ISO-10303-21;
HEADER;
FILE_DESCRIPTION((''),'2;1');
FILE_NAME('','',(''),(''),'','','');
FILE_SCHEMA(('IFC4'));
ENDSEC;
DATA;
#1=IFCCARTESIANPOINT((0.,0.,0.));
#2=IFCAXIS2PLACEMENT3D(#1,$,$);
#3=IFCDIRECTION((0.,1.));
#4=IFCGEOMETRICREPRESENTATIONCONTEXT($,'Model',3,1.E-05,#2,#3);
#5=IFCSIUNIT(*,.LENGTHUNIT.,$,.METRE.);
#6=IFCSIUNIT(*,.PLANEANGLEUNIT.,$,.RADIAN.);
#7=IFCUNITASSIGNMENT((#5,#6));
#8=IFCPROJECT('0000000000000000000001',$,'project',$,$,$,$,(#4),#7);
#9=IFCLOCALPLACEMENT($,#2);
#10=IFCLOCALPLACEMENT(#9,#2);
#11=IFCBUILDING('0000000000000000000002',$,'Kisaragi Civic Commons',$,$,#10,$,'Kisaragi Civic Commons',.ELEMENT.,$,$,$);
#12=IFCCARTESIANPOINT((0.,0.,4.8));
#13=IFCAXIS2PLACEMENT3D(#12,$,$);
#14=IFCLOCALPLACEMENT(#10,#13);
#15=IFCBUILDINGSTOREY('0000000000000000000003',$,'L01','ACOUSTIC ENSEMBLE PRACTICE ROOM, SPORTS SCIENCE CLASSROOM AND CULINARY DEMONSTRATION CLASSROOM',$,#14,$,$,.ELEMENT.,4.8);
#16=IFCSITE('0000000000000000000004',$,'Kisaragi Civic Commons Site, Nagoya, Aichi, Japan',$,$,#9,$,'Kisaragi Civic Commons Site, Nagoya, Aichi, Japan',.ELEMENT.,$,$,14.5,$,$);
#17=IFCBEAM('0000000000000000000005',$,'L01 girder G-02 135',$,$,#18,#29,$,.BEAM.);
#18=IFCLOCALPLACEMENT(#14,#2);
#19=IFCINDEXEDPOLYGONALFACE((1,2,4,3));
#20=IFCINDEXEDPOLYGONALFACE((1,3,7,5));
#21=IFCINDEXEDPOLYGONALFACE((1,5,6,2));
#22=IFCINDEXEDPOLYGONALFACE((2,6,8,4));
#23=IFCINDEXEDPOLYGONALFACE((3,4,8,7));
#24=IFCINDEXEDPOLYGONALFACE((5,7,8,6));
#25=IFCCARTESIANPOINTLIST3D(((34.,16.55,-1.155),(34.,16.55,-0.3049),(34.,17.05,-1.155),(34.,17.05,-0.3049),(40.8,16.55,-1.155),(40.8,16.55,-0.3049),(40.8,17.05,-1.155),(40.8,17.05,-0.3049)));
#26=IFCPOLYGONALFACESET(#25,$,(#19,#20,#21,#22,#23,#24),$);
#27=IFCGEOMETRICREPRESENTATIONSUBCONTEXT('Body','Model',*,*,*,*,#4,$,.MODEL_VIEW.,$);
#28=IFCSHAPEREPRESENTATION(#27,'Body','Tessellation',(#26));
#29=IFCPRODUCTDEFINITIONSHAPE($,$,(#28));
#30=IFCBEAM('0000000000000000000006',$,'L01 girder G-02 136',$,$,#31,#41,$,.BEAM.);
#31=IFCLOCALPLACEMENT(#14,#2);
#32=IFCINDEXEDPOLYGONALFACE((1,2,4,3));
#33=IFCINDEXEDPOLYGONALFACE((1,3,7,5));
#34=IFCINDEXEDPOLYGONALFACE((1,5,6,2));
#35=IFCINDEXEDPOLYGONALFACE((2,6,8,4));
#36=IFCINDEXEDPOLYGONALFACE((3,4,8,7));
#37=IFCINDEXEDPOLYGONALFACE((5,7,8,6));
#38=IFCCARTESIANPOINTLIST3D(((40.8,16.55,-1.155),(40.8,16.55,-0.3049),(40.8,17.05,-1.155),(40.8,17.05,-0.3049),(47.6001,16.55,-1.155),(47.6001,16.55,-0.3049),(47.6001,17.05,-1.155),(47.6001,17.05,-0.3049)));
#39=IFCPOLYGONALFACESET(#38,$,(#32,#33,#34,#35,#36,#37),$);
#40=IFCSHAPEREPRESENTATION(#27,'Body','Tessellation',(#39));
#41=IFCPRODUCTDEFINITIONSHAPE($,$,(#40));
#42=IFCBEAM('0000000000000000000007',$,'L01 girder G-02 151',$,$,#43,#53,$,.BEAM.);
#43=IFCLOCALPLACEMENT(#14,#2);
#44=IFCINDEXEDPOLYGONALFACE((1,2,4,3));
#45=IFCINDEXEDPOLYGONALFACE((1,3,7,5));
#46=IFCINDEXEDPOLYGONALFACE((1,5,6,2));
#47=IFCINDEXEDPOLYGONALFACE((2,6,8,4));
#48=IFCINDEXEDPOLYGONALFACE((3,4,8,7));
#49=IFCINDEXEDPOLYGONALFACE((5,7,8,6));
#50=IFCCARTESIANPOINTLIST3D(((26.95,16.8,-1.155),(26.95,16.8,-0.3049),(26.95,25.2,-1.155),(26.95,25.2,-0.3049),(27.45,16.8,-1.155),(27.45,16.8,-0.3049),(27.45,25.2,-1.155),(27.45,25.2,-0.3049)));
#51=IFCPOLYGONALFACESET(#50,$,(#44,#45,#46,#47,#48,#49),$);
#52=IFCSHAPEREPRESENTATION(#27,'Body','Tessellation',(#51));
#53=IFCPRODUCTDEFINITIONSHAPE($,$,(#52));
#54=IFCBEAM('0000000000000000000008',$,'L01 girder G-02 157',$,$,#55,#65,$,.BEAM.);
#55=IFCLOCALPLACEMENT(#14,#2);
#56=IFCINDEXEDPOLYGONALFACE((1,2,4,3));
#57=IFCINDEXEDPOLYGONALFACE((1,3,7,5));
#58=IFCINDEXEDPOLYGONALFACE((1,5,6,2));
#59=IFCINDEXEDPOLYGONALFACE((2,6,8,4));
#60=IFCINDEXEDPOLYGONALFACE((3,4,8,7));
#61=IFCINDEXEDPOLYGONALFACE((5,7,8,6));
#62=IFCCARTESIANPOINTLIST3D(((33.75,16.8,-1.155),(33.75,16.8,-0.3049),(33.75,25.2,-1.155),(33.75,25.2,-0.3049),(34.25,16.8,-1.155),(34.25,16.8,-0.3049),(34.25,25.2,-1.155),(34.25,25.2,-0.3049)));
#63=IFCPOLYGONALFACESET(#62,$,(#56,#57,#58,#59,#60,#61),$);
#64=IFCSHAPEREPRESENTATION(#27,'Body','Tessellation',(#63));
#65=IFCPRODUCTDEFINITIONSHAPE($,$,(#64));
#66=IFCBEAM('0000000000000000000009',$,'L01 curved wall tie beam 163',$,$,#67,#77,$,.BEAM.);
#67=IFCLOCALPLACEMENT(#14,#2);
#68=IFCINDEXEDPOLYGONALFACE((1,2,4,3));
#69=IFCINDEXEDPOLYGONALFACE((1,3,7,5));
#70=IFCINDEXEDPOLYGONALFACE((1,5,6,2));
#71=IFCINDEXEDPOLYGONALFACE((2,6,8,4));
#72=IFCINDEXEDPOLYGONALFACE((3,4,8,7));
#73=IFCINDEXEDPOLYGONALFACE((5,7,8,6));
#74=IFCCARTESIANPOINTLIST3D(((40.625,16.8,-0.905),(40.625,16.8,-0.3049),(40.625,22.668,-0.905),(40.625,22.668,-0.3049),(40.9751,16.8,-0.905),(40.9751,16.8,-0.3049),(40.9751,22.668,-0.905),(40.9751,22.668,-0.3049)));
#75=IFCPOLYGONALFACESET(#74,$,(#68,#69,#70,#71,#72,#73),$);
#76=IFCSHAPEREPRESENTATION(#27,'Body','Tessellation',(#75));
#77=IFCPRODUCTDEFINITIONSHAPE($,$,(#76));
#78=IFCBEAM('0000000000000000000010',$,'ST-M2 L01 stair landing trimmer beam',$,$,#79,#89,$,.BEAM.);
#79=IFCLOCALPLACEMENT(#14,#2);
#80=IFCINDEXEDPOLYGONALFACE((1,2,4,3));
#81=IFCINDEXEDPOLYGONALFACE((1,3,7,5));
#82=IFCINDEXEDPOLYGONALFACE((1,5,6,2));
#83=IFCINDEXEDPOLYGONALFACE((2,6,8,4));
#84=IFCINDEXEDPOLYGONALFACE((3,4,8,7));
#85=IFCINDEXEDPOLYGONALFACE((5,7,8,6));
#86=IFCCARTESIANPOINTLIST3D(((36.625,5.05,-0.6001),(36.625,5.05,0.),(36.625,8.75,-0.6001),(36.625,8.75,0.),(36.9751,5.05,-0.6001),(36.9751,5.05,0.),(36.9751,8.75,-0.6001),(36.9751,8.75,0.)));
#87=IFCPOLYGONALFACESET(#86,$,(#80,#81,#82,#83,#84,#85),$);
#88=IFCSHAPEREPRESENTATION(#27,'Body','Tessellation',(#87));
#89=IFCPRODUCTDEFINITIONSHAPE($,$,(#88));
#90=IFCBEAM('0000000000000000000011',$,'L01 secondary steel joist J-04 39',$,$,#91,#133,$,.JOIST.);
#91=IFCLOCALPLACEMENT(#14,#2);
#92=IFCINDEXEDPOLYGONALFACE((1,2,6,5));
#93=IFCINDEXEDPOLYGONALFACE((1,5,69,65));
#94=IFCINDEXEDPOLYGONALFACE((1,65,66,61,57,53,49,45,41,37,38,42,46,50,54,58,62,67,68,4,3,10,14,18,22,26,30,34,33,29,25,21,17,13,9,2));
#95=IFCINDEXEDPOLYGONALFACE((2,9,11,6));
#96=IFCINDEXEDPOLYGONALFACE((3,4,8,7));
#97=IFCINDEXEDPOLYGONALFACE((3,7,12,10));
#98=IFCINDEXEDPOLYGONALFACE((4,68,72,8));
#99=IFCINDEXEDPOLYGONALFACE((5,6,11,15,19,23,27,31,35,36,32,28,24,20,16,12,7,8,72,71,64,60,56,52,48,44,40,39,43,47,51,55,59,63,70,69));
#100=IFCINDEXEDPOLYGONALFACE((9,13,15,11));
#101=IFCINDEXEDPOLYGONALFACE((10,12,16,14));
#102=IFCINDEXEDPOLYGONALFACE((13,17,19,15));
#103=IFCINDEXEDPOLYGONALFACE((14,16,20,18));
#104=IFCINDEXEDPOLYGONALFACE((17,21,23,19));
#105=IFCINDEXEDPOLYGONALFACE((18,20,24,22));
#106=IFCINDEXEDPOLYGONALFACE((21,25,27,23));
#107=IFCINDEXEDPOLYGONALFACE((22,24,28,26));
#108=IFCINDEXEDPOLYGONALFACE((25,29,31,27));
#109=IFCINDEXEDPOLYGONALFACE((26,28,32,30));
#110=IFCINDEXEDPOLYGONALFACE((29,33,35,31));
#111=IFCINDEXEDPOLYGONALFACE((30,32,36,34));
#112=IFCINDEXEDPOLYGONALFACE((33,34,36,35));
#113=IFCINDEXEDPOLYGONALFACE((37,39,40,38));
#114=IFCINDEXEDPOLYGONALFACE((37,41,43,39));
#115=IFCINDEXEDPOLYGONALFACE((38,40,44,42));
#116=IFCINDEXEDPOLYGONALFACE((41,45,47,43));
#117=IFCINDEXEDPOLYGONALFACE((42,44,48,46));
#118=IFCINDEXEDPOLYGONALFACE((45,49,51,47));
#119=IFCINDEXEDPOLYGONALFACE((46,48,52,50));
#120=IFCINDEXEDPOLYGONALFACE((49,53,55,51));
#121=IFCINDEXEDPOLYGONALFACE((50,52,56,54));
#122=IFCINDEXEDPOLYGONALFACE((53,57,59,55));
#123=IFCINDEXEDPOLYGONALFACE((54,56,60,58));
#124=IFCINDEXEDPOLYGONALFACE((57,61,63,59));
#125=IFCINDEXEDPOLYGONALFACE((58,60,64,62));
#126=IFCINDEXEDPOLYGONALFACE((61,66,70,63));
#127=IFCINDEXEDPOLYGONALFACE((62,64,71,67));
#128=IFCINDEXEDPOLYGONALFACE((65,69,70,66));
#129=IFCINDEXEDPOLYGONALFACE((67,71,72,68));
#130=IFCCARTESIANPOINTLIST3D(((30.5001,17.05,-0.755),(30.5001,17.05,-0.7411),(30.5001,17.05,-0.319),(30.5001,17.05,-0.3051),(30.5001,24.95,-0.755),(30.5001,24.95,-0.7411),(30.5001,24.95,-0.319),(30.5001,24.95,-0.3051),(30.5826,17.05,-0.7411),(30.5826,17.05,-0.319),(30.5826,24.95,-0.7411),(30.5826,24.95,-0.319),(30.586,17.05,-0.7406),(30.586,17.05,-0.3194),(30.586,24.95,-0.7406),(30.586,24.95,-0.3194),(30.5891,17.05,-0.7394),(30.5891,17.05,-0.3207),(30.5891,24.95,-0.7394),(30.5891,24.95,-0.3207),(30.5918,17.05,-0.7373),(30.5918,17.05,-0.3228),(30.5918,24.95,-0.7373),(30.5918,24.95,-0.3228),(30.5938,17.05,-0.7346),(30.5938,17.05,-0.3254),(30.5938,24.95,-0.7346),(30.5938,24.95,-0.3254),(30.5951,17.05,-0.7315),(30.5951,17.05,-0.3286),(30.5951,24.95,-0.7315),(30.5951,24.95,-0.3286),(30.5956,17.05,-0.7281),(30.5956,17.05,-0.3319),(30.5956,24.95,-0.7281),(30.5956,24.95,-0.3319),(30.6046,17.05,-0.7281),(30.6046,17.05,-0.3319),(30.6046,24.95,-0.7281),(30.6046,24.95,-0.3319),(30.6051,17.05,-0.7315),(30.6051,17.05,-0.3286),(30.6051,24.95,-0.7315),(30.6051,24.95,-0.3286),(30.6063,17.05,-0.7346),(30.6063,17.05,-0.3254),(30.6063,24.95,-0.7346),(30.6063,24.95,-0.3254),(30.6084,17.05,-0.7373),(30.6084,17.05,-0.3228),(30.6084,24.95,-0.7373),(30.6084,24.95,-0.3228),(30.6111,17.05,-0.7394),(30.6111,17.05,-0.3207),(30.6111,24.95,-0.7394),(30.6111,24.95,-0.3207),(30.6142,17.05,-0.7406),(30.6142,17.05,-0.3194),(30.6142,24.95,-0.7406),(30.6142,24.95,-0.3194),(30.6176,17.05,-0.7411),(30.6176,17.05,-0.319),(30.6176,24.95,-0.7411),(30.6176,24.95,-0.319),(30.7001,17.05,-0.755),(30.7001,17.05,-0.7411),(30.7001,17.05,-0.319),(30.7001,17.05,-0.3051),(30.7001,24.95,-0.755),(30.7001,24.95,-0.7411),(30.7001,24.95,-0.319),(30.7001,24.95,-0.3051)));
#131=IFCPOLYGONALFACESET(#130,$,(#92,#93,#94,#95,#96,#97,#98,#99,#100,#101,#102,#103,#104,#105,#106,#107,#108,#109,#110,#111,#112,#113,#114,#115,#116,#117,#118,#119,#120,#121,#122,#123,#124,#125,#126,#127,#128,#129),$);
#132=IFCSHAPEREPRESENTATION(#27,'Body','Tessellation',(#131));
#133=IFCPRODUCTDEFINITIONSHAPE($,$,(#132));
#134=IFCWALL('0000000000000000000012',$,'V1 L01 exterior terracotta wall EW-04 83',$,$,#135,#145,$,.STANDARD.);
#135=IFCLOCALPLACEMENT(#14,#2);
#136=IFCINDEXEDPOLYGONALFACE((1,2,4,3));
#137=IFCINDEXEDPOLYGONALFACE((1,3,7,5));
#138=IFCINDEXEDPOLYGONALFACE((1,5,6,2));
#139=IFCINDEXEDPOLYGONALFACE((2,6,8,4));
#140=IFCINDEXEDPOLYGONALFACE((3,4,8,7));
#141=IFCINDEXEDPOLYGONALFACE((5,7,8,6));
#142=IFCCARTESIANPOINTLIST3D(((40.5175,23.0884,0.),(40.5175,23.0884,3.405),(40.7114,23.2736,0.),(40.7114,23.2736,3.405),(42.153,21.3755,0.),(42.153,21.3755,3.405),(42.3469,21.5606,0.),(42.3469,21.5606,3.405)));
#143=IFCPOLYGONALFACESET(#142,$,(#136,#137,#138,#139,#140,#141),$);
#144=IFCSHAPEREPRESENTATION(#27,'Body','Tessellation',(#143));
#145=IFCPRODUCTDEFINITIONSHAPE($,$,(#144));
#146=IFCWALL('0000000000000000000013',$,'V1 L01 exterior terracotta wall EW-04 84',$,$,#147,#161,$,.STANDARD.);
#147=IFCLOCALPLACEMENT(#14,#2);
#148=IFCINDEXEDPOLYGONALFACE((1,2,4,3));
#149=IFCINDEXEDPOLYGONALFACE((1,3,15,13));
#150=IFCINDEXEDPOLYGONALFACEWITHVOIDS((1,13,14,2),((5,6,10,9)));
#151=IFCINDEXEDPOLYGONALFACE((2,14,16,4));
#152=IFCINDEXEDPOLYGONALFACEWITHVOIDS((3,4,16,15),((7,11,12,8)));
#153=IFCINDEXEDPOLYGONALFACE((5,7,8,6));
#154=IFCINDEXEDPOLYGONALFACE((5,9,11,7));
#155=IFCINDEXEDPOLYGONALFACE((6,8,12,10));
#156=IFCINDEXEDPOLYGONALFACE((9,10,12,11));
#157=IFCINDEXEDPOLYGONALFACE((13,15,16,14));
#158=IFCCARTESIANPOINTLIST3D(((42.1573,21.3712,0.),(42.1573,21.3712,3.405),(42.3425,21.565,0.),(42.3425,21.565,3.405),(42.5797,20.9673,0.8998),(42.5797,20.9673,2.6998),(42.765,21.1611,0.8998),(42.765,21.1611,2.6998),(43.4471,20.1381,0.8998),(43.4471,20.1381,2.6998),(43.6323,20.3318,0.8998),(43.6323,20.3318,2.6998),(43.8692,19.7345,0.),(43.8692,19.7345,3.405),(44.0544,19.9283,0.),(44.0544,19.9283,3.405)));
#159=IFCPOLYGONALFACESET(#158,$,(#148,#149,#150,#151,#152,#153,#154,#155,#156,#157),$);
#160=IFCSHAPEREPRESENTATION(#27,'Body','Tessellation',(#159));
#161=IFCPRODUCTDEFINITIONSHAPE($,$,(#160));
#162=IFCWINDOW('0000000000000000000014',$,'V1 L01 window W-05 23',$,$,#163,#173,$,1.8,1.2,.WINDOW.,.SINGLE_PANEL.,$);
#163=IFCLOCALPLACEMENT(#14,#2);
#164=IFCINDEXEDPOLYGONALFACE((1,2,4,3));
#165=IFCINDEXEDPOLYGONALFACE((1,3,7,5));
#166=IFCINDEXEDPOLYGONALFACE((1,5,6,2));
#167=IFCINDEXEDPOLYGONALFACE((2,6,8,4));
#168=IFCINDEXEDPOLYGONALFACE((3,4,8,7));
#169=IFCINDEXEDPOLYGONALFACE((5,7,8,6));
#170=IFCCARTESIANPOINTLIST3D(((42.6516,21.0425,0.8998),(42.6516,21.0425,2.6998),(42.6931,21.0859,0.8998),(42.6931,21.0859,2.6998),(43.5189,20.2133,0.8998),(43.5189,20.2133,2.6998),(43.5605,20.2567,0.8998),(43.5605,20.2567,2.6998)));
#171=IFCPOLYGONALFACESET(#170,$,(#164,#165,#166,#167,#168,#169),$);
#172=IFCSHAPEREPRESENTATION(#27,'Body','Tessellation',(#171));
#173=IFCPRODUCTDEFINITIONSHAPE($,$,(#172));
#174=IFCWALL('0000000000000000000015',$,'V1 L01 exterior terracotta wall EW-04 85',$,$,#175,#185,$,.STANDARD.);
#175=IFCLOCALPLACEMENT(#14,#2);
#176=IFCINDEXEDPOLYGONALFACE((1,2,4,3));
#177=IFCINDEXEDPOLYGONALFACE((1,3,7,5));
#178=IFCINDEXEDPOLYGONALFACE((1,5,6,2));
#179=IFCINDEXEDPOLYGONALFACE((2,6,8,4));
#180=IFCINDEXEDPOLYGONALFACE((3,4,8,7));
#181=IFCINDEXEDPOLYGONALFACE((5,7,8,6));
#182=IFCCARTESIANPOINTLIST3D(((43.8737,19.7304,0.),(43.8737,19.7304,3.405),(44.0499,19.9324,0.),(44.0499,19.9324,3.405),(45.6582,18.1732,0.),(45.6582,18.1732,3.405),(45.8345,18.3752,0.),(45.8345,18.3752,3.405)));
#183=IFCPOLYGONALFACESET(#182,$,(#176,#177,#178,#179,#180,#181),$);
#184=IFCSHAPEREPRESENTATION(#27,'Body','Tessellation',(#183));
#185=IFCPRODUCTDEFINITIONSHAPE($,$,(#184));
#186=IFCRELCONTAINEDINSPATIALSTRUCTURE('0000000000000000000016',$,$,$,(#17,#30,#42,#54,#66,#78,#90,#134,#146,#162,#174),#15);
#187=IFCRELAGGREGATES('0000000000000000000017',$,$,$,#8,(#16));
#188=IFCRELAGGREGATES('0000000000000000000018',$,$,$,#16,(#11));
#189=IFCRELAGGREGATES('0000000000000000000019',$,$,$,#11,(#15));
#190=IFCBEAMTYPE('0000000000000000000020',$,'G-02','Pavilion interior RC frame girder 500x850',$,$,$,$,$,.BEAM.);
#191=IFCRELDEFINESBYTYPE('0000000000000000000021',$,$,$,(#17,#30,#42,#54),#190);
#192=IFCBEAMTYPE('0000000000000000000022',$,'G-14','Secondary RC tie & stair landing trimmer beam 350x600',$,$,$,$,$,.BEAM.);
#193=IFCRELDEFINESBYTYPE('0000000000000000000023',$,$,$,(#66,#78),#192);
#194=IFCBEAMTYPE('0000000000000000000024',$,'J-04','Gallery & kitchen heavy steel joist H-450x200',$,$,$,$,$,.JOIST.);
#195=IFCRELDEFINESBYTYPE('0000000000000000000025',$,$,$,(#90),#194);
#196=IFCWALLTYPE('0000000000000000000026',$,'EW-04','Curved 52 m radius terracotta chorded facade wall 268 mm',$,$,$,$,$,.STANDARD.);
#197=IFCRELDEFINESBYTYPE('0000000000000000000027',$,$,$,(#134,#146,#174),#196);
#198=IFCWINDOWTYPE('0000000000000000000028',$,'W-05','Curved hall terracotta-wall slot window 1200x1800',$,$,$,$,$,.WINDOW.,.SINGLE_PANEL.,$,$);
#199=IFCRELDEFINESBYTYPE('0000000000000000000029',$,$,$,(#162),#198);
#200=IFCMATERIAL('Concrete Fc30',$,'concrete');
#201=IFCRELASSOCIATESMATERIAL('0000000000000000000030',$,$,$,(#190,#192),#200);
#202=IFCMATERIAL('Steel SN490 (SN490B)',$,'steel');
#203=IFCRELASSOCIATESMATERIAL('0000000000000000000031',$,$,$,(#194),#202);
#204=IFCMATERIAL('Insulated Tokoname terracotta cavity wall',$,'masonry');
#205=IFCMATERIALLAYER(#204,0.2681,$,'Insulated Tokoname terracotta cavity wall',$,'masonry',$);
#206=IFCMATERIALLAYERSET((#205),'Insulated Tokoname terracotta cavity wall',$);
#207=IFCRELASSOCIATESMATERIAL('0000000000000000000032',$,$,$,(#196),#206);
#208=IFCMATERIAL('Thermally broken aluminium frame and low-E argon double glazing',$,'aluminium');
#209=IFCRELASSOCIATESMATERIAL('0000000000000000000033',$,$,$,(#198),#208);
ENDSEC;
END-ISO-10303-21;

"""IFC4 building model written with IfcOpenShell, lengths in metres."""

from ifc_helpers import new_model, si_unit, direction, frame, frame_2d, origin, origin_2d, place, context, subcontext, project, spatial, rectangle, i_section, extrude, material, layer, layer_set, material_profile, profile_set, type_object, element, fill, save


model = new_model("IFC4")

# Units and contexts
model_context = context("Model", 3, precision=1e-05, world=origin(), true_north=direction((0.0, 1.0)))
body_context = subcontext(model_context, "Body", "Model", "MODEL_VIEW")
ifc_project = project(units=[si_unit("LENGTHUNIT", "METRE"), si_unit("PLANEANGLEUNIT", "RADIAN")], contexts=[model_context])

# Site, building, storey
site_placement = place(None, origin())
site = spatial("IfcSite", under=ifc_project, at=site_placement, Name="Kisaragi Civic Commons Site, Nagoya, Aichi, Japan", LongName="Kisaragi Civic Commons Site, Nagoya, Aichi, Japan", CompositionType="ELEMENT", RefElevation=14.5)
building_placement = place(site_placement, origin())
building = spatial("IfcBuilding", under=site, at=building_placement, Name="Kisaragi Civic Commons", LongName="Kisaragi Civic Commons", CompositionType="ELEMENT")
storey_placement = place(building_placement, frame((0.0, 0.0, 4.8)))
storey = spatial("IfcBuildingStorey", under=building, at=storey_placement, Name="L01", Description="ACOUSTIC ENSEMBLE PRACTICE ROOM, SPORTS SCIENCE CLASSROOM AND CULINARY DEMONSTRATION CLASSROOM", CompositionType="ELEMENT", Elevation=4.8)

# Shared definitions
ifc_material_1 = material(Name="Steel SN490 (SN490B)", Category="steel")

# Beams
ifc_material_2 = material(Name="Concrete Fc30", Category="concrete")
ifc_material_profile_1 = material_profile(ifc_material_2, rectangle(XDim=0.5, YDim=0.8501, at=origin_2d()), Name="RC-500x850", Category="concrete")
ifc_profile_set_1 = profile_set([ifc_material_profile_1], Name="Concrete Fc30")
beam_type_1 = type_object("IfcBeamType", Name="G-02", Description="Pavilion interior RC frame girder 500x850", PredefinedType="BEAM", material=ifc_profile_set_1)
for number, where, z_axis, x_axis, name in (
    (1, (34.0, 16.8, -0.73), (1.0, 0.0, 0.0), (0.0, 1.0, 0.0), "L01 girder G-02 135"),
    (2, (40.8, 16.8, -0.73), (1.0, 0.0, 0.0), (0.0, 1.0, 0.0), "L01 girder G-02 136"),
):
    element("IfcBeam", number, at=place(storey_placement, frame(where, z_axis=z_axis, x_axis=x_axis)), inside=storey, type_object=beam_type_1, Name=name, PredefinedType="BEAM", context=body_context, shape_type="SweptSolid", body=[
        extrude(rectangle(XDim=0.5, YDim=0.8501, at=origin_2d()), origin(), (0.0, 0.0, 1.0), 6.8),
    ])
for number, where, z_axis, x_axis, name in (
    (3, (27.2, 16.8, -0.73), (0.0, 1.0, 0.0), (-1.0, 0.0, 0.0), "L01 girder G-02 151"),
    (4, (34.0, 16.8, -0.73), (0.0, 1.0, 0.0), (-1.0, 0.0, 0.0), "L01 girder G-02 157"),
):
    element("IfcBeam", number, at=place(storey_placement, frame(where, z_axis=z_axis, x_axis=x_axis)), inside=storey, type_object=beam_type_1, Name=name, PredefinedType="BEAM", context=body_context, shape_type="SweptSolid", body=[
        extrude(rectangle(XDim=0.5, YDim=0.8501, at=origin_2d()), origin(), (0.0, 0.0, 1.0), 8.3999),
    ])
ifc_material_profile_2 = material_profile(ifc_material_2, rectangle(XDim=0.3501, YDim=0.6001, at=origin_2d()), Name="RC-350x600", Category="concrete")
ifc_profile_set_2 = profile_set([ifc_material_profile_2], Name="Concrete Fc30")
beam_type_2 = type_object("IfcBeamType", Name="G-14", Description="Secondary RC tie & stair landing trimmer beam 350x600", PredefinedType="BEAM", material=ifc_profile_set_2)
beam_1_placement = place(storey_placement, frame((40.8, 22.668, -0.605), z_axis=(0.0, -1.0, 0.0), x_axis=(1.0, 0.0, 0.0)))
element("IfcBeam", 5, at=beam_1_placement, inside=storey, type_object=beam_type_2, Name="L01 curved wall tie beam 163", PredefinedType="BEAM", context=body_context, shape_type="SweptSolid", body=[
    extrude(rectangle(XDim=0.3501, YDim=0.6001, at=origin_2d()), origin(), (0.0, 0.0, 1.0), 5.8679),
])
beam_2_placement = place(storey_placement, frame((36.8, 5.05, -0.3), z_axis=(0.0, 1.0, 0.0), x_axis=(-1.0, 0.0, 0.0)))
element("IfcBeam", 6, at=beam_2_placement, inside=storey, type_object=beam_type_2, Name="ST-M2 L01 stair landing trimmer beam", PredefinedType="BEAM", context=body_context, shape_type="SweptSolid", body=[
    extrude(rectangle(XDim=0.3501, YDim=0.6001, at=origin_2d()), origin(), (0.0, 0.0, 1.0), 3.7),
])
ifc_material_profile_3 = material_profile(ifc_material_1, i_section(OverallWidth=0.2, OverallDepth=0.45, WebThickness=0.009, FlangeThickness=0.0139, FilletRadius=0.0129, at=origin_2d()), Name="H-450x200x9x14", Category="steel")
ifc_profile_set_3 = profile_set([ifc_material_profile_3], Name="Steel SN490 (SN490B)")
beam_type_3 = type_object("IfcBeamType", Name="J-04", Description="Gallery & kitchen heavy steel joist H-450x200", PredefinedType="JOIST", material=ifc_profile_set_3)
beam_3_placement = place(storey_placement, frame((30.6001, 17.05, -0.53), z_axis=(0.0, 1.0, 0.0), x_axis=(-1.0, 0.0, 0.0)))
element("IfcBeam", 7, at=beam_3_placement, inside=storey, type_object=beam_type_3, Name="L01 secondary steel joist J-04 39", PredefinedType="JOIST", context=body_context, shape_type="SweptSolid", body=[
    extrude(i_section(OverallWidth=0.2, OverallDepth=0.45, WebThickness=0.009, FlangeThickness=0.0139, FilletRadius=0.0129, at=origin_2d()), origin(), (0.0, 0.0, 1.0), 7.8999),
])

# Wall
ifc_material_3 = material(Name="Insulated Tokoname terracotta cavity wall", Category="masonry")
ifc_layer_1 = layer(ifc_material_3, 0.2681, Name="Insulated Tokoname terracotta cavity wall", Category="masonry")
ifc_layer_set_1 = layer_set([ifc_layer_1], Name="Insulated Tokoname terracotta cavity wall")
wall_type_1 = type_object("IfcWallType", Name="EW-04", Description="Curved 52 m radius terracotta chorded facade wall 268 mm", PredefinedType="STANDARD", material=ifc_layer_set_1)
wall_1_placement = place(storey_placement, frame((40.6145, 23.1809, 0.0), z_axis=(0.0, 0.0, 1.0), x_axis=(0.690579, -0.723257, 0.0)))
element("IfcWall", 8, at=wall_1_placement, inside=storey, type_object=wall_type_1, Name="V1 L01 exterior terracotta wall EW-04 83", PredefinedType="STANDARD", context=body_context, shape_type="SweptSolid", body=[
    extrude(rectangle(XDim=2.3684, YDim=0.2681, at=frame_2d((1.1841, 0.0))), origin(), (0.0, 0.0, 1.0), 3.405),
])

# Wall, opening, window
wall_2_placement = place(storey_placement, frame((42.25, 21.468, 0.0), z_axis=(0.0, 0.0, 1.0), x_axis=(0.722803, -0.691054, 0.0)))
wall_2 = element("IfcWall", 9, at=wall_2_placement, inside=storey, type_object=wall_type_1, Name="V1 L01 exterior terracotta wall EW-04 84", PredefinedType="STANDARD", context=body_context, shape_type="SweptSolid", body=[
    extrude(rectangle(XDim=2.3684, YDim=0.2681, at=frame_2d((1.1841, 0.0))), origin(), (0.0, 0.0, 1.0), 3.405),
])
opening_1_placement = place(wall_2_placement, frame((0.5842, 0.0, 0.8999)))
opening_1 = element("IfcOpeningElement", 10, at=opening_1_placement, cuts=wall_2, PredefinedType="OPENING", context=body_context, shape_type="SweptSolid", body=[
    extrude(rectangle(XDim=1.2, YDim=1.8, at=frame_2d((0.6001, 0.8999))), frame((0.0, 0.144, 0.0), z_axis=(0.0, -1.0, 0.0), x_axis=(1.0, 0.0, 0.0)), (0.0, 0.0, 1.0), 0.2881),
])
ifc_material_4 = material(Name="Thermally broken aluminium frame and low-E argon double glazing", Category="aluminium")
window_type = type_object("IfcWindowType", Name="W-05", Description="Curved hall terracotta-wall slot window 1200x1800", PartitioningType="SINGLE_PANEL", PredefinedType="WINDOW", material=ifc_material_4)
window_placement = place(opening_1_placement, origin())
window = element("IfcWindow", 11, at=window_placement, inside=storey, type_object=window_type, Name="V1 L01 window W-05 23", OverallHeight=1.8, OverallWidth=1.2, PartitioningType="SINGLE_PANEL", PredefinedType="WINDOW", context=body_context, shape_type="SweptSolid", body=[
    extrude(rectangle(XDim=1.2, YDim=1.8, at=frame_2d((0.6001, 0.8999))), frame((0.0, 0.03, 0.0), z_axis=(0.0, -1.0, 0.0), x_axis=(1.0, 0.0, 0.0)), (0.0, 0.0, 1.0), 0.0601),
])
fill(opening_1, window)

# Wall
wall_3_placement = place(storey_placement, frame((43.9619, 19.8313, 0.0), z_axis=(0.0, 0.0, 1.0), x_axis=(0.753464, -0.65749, 0.0)))
element("IfcWall", 12, at=wall_3_placement, inside=storey, type_object=wall_type_1, Name="V1 L01 exterior terracotta wall EW-04 85", PredefinedType="STANDARD", context=body_context, shape_type="SweptSolid", body=[
    extrude(rectangle(XDim=2.3684, YDim=0.2681, at=frame_2d((1.1841, 0.0))), origin(), (0.0, 0.0, 1.0), 3.405),
])

save(model, "model.ifc")
